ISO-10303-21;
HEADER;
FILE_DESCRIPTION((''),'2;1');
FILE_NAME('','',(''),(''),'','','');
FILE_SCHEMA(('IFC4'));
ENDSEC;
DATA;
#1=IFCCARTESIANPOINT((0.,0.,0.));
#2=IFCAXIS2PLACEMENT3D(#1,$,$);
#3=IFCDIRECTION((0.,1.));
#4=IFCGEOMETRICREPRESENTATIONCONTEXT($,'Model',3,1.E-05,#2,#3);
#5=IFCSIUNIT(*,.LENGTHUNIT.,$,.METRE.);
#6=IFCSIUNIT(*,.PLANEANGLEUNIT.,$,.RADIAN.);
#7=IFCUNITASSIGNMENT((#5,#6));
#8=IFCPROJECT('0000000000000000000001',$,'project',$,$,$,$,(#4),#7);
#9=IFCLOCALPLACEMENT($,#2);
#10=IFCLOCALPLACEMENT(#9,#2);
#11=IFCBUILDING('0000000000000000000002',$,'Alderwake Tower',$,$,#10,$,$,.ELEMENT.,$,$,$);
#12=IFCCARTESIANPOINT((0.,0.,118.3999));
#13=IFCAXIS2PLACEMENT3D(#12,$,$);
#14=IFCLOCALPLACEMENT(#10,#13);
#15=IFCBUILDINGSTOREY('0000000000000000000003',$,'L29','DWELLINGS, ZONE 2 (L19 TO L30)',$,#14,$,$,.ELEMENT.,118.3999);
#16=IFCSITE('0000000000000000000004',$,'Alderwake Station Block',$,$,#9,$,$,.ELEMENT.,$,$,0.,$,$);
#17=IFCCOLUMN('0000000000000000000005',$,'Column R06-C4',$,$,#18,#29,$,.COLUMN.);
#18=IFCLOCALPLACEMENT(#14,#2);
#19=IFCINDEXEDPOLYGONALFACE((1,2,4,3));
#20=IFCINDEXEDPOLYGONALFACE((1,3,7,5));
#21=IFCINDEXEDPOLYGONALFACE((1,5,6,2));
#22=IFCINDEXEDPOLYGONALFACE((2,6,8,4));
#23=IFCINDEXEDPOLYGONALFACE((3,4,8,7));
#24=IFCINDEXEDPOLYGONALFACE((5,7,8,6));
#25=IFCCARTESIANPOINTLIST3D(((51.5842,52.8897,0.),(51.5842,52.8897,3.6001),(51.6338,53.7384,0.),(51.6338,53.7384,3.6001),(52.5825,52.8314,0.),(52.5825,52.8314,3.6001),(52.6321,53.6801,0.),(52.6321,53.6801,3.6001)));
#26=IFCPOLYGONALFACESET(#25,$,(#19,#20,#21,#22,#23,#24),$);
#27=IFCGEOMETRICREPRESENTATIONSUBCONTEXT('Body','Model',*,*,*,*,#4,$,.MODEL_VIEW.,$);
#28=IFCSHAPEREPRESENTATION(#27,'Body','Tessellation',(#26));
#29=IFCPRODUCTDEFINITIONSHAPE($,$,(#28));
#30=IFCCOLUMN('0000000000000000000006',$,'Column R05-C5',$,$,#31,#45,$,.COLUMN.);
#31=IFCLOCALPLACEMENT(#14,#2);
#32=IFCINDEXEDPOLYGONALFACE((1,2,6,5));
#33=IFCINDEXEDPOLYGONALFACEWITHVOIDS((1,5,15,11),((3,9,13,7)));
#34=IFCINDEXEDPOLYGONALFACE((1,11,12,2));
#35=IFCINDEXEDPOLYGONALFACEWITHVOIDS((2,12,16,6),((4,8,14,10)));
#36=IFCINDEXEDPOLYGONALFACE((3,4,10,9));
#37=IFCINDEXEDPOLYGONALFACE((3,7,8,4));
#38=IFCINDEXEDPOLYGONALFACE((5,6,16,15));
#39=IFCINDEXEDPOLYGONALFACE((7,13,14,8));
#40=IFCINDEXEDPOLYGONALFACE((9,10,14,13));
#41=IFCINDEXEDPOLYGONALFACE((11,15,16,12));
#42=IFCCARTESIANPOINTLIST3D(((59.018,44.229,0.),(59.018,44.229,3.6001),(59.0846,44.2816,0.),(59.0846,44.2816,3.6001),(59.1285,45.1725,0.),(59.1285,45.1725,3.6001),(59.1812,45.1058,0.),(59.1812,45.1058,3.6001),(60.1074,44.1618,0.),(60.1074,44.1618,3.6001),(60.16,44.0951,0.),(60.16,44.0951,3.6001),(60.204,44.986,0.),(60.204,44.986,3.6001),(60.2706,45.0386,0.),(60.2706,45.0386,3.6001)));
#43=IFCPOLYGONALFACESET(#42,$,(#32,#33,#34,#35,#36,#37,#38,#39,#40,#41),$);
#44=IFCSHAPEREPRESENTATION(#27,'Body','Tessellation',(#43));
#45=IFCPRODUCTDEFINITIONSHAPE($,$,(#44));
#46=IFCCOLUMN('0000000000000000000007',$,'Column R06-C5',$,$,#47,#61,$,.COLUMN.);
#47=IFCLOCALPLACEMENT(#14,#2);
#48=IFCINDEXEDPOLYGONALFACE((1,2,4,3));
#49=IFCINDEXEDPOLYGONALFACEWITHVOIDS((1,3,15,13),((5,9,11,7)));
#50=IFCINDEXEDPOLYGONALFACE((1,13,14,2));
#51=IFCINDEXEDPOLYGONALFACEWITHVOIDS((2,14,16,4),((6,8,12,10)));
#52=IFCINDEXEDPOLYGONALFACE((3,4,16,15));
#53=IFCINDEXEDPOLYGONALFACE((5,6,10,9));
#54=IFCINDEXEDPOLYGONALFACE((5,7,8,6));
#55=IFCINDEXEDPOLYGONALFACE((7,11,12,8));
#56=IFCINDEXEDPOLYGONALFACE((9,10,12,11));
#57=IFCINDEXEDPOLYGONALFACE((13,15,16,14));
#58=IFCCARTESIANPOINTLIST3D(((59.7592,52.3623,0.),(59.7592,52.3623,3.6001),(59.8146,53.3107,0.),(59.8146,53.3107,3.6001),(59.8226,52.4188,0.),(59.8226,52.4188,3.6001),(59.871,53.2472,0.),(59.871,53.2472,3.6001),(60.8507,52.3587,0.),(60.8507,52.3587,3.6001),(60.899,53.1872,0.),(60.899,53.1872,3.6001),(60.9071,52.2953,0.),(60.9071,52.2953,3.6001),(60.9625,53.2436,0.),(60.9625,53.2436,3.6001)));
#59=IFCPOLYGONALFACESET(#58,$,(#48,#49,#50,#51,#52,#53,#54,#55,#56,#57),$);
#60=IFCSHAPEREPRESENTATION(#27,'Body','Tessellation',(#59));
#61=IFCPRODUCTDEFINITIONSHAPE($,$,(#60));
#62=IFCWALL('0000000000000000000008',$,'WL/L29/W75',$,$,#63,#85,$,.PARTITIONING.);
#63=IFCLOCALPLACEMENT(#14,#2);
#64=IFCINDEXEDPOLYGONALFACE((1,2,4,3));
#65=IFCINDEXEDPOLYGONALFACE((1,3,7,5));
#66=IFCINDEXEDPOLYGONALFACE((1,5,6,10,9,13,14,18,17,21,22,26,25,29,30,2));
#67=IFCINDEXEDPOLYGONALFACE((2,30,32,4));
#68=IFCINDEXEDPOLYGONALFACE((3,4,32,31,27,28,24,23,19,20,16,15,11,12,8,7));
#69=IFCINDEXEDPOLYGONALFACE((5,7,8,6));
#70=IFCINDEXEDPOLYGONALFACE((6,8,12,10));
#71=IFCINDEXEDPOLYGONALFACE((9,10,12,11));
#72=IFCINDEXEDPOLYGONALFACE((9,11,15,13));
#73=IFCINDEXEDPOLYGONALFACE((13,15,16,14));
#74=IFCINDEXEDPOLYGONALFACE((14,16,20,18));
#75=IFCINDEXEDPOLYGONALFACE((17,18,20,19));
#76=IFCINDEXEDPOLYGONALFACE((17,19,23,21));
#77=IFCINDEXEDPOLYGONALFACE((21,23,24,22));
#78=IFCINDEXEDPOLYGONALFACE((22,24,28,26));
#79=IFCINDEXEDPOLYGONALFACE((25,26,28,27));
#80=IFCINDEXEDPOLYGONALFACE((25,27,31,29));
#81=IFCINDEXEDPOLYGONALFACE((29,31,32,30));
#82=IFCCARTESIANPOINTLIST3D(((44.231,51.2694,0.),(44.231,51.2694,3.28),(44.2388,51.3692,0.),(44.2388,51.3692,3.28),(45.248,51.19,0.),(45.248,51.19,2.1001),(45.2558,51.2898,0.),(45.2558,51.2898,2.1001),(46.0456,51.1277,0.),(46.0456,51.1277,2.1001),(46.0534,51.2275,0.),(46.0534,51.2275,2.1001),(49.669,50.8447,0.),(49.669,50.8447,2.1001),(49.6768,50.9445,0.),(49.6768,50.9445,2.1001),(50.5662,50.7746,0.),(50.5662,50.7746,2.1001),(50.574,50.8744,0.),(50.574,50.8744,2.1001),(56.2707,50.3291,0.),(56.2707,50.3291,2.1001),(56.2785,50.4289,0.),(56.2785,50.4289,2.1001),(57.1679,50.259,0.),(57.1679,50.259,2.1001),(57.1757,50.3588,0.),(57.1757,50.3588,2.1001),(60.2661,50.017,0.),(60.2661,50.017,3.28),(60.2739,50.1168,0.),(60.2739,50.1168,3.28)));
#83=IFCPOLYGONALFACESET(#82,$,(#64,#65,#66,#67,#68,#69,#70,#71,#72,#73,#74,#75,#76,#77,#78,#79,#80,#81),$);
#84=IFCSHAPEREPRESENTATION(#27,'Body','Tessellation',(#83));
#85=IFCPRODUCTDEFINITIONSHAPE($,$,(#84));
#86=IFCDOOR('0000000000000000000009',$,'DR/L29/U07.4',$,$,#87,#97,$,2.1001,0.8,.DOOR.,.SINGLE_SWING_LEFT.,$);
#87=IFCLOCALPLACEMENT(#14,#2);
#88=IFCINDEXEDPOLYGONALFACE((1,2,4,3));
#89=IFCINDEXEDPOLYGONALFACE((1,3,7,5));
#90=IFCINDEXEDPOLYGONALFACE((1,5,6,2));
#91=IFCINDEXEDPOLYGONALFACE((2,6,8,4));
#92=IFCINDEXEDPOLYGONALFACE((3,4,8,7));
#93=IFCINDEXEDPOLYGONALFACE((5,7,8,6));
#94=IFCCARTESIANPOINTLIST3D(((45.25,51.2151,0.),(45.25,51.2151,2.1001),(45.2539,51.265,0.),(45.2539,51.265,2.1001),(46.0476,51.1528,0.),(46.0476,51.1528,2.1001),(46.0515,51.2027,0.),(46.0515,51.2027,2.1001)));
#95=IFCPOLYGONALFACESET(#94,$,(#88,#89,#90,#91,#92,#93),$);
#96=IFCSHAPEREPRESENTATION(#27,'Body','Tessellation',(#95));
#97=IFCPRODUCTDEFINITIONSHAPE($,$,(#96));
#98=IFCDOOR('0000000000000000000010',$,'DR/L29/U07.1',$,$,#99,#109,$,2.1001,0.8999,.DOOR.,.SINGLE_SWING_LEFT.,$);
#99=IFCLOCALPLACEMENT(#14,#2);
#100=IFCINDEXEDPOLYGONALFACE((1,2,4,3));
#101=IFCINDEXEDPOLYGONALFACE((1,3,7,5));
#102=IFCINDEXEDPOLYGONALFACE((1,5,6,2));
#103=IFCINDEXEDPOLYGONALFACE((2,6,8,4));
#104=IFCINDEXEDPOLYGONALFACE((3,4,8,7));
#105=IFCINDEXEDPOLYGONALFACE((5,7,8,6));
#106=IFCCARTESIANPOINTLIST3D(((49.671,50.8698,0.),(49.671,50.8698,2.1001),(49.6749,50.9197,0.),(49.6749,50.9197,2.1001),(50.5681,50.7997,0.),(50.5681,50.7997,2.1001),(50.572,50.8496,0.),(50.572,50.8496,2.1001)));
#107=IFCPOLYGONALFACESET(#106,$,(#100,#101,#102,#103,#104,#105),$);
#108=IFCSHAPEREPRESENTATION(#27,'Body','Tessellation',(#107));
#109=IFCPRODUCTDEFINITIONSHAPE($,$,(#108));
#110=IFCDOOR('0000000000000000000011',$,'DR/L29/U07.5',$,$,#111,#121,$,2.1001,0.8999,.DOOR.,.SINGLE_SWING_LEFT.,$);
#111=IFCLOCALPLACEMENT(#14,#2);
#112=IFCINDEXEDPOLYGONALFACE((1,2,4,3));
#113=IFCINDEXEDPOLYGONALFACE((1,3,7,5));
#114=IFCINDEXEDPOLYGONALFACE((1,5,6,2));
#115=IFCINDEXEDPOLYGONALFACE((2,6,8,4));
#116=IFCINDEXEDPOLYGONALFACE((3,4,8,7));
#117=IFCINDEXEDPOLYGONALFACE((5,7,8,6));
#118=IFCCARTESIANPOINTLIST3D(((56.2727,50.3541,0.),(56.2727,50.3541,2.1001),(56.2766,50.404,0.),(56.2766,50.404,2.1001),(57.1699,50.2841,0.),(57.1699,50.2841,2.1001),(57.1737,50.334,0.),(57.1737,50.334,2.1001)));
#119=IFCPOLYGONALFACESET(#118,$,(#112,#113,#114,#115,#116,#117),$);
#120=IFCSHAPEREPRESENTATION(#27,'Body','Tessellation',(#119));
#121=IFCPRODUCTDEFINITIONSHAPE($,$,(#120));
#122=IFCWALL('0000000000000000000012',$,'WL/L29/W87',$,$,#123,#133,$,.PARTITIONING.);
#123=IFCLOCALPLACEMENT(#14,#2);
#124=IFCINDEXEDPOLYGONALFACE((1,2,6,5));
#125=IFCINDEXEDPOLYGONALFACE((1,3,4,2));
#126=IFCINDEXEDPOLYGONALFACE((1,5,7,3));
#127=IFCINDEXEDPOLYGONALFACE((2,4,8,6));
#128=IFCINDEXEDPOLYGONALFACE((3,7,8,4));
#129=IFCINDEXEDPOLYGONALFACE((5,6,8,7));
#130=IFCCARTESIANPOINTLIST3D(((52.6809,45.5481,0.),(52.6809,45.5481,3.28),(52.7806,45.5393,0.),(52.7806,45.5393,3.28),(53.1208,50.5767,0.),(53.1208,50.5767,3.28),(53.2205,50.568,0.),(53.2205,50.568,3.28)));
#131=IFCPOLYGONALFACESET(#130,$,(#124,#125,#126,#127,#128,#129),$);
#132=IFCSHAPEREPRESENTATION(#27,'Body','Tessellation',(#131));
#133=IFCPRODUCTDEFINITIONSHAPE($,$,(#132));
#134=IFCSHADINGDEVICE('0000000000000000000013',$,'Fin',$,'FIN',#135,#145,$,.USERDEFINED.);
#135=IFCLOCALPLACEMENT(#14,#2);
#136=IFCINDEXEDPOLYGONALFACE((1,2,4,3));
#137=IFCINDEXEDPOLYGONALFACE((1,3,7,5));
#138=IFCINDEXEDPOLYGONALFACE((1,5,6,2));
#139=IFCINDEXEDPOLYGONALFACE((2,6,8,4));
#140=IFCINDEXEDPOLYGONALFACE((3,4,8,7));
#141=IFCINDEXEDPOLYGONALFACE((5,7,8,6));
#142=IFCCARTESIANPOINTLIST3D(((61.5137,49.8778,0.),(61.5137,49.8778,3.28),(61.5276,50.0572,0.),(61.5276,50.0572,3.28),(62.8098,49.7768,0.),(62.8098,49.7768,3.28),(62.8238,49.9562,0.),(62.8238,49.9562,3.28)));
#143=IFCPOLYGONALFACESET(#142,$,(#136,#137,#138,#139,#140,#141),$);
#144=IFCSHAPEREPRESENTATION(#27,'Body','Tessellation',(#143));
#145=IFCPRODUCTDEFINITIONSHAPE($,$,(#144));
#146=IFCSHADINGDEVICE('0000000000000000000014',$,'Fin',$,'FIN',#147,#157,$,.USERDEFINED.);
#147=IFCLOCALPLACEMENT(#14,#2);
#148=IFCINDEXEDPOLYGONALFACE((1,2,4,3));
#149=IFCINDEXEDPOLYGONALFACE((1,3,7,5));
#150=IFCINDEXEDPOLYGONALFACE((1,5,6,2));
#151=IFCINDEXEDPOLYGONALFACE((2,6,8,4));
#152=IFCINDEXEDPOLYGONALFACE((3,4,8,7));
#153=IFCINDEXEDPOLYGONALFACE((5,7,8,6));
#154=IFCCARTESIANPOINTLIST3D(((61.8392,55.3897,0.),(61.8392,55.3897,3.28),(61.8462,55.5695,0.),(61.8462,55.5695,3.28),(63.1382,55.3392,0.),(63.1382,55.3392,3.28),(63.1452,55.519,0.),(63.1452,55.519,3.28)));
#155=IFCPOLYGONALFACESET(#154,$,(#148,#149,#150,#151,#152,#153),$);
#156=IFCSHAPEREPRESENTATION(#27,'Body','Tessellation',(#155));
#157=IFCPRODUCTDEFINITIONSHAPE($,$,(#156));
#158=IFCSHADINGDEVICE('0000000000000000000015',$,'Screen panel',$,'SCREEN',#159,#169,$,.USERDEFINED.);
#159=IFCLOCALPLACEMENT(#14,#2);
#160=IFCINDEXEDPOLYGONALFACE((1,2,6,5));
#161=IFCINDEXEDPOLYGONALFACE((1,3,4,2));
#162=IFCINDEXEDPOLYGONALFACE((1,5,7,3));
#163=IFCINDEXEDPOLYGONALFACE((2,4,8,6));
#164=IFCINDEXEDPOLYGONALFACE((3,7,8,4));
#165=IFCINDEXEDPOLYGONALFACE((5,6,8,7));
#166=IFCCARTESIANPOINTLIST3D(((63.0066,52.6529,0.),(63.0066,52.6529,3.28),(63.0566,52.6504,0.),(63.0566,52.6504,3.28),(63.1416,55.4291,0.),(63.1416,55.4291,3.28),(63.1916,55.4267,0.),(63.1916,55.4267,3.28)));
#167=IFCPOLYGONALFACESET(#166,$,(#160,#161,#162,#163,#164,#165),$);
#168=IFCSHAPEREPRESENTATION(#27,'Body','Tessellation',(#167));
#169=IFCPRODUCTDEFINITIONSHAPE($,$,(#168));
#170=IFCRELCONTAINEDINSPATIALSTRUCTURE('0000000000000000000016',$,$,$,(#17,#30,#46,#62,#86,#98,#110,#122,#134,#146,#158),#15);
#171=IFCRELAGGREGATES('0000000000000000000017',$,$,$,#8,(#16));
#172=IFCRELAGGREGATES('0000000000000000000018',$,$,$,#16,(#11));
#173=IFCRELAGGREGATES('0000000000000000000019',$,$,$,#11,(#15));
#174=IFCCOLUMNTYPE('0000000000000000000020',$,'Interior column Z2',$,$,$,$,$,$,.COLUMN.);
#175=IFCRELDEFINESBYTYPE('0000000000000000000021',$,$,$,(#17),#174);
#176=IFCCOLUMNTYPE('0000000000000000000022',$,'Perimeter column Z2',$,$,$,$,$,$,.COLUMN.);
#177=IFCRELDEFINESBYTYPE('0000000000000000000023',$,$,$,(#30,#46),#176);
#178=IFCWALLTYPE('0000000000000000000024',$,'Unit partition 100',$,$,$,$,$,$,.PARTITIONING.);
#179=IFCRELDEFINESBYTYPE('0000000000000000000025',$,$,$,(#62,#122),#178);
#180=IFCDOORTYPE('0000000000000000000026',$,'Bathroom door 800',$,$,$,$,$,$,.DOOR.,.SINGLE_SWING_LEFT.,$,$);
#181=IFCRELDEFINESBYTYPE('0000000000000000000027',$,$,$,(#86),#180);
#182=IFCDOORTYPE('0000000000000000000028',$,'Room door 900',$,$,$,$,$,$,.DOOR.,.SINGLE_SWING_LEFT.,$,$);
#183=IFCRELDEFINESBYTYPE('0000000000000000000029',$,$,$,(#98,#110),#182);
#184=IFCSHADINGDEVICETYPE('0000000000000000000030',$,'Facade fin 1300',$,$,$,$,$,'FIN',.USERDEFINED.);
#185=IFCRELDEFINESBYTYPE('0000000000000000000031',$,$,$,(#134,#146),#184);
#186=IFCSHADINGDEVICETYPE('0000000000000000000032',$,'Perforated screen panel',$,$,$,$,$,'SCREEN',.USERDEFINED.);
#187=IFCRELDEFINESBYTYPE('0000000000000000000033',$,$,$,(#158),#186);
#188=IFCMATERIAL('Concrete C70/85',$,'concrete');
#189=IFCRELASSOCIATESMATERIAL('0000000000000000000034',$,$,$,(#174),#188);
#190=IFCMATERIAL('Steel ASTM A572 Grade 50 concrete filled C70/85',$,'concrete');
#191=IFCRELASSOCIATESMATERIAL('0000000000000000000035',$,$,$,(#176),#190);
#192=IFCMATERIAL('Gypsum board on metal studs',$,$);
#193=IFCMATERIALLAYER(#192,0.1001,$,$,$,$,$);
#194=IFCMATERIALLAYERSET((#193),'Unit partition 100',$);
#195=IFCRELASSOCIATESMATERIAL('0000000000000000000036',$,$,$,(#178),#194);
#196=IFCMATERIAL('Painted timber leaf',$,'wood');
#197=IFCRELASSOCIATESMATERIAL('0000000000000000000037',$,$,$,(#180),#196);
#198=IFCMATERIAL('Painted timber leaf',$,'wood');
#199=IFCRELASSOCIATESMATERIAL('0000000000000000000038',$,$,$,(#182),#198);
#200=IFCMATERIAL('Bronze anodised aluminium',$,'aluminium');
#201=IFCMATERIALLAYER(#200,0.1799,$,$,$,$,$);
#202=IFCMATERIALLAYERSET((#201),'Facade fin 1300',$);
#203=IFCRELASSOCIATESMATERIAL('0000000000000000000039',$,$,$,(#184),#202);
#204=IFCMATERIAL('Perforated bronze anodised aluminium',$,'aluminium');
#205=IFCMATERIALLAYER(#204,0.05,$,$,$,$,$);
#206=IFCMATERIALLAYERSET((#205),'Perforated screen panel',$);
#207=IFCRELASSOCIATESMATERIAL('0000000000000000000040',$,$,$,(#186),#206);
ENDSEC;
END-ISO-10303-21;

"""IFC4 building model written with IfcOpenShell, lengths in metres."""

from ifc_helpers import new_model, si_unit, direction, frame, frame_2d, origin, origin_2d, place, context, subcontext, project, spatial, rectangle, hollow_rectangle, extrude, material, layer, layer_set, material_profile, profile_set, type_object, element, fill, save


model = new_model("IFC4")

# Units and contexts
model_context = context("Model", 3, precision=1e-05, world=origin(), true_north=direction((0.0, 1.0)))
body_context = subcontext(model_context, "Body", "Model", "MODEL_VIEW")
ifc_project = project(units=[si_unit("LENGTHUNIT", "METRE"), si_unit("PLANEANGLEUNIT", "RADIAN")], contexts=[model_context])

# Site, building, storey
site_placement = place(None, origin())
site = spatial("IfcSite", under=ifc_project, at=site_placement, Name="Alderwake Station Block", CompositionType="ELEMENT", RefElevation=0.0)
building_placement = place(site_placement, origin())
building = spatial("IfcBuilding", under=site, at=building_placement, Name="Alderwake Tower", CompositionType="ELEMENT")
storey_placement = place(building_placement, frame((0.0, 0.0, 118.3999)))
storey = spatial("IfcBuildingStorey", under=building, at=storey_placement, Name="L29", Description="DWELLINGS, ZONE 2 (L19 TO L30)", CompositionType="ELEMENT", Elevation=118.3999)

# Columns
ifc_material_1 = material(Name="Concrete C70/85", Category="concrete")
ifc_material_profile_1 = material_profile(ifc_material_1, rectangle(XDim=0.8501, YDim=1.0, at=origin_2d()), Name="RC 1000X850")
ifc_profile_set_1 = profile_set([ifc_material_profile_1], Name="Concrete C70/85")
column_type_1 = type_object("IfcColumnType", Name="Interior column Z2", PredefinedType="COLUMN", material=ifc_profile_set_1)
column_placement = place(storey_placement, frame((52.1082, 53.2849, 0.0), z_axis=(0.0, 0.0, 1.0), x_axis=(0.058301, 0.998299, 0.0)))
element("IfcColumn", 1, at=column_placement, inside=storey, type_object=column_type_1, Name="Column R06-C4", PredefinedType="COLUMN", context=body_context, shape_type="SweptSolid", body=[
    extrude(rectangle(XDim=0.8501, YDim=1.0, at=origin_2d()), origin(), (0.0, 0.0, 1.0), 3.6001),
])
ifc_material_2 = material(Name="Steel ASTM A572 Grade 50 concrete filled C70/85", Category="concrete")
ifc_material_profile_2 = material_profile(ifc_material_2, hollow_rectangle(XDim=0.95, YDim=1.1499, WallThickness=0.0601, at=origin_2d()), Name="BOX 1150X950X60")
ifc_profile_set_2 = profile_set([ifc_material_profile_2], Name="Steel ASTM A572 Grade 50 concrete filled C70/85")
column_type_2 = type_object("IfcColumnType", Name="Perimeter column Z2", PredefinedType="COLUMN", material=ifc_profile_set_2)
for number, where, z_axis, x_axis, name in (
    (2, (59.6443, 44.6338, 0.0), (0.0, 0.0, 1.0), (0.116402, 0.993202, 0.0), "Column R05-C5"),
    (3, (60.3608, 52.803, 0.0), (0.0, 0.0, 1.0), (0.058299, 0.998299, 0.0), "Column R06-C5"),
):
    element("IfcColumn", number, at=place(storey_placement, frame(where, z_axis=z_axis, x_axis=x_axis)), inside=storey, type_object=column_type_2, Name=name, PredefinedType="COLUMN", context=body_context, shape_type="SweptSolid", body=[
        extrude(hollow_rectangle(XDim=0.95, YDim=1.1499, WallThickness=0.0601, at=origin_2d()), origin(), (0.0, 0.0, 1.0), 3.6001),
    ])

# Wall, openings, doors
ifc_material_3 = material(Name="Gypsum board on metal studs")
ifc_layer_1 = layer(ifc_material_3, 0.1001)
ifc_layer_set_1 = layer_set([ifc_layer_1], Name="Unit partition 100")
wall_type_1 = type_object("IfcWallType", Name="Unit partition 100", PredefinedType="PARTITIONING", material=ifc_layer_set_1)
wall_1_placement = place(storey_placement, frame((60.27, 50.0669, 0.0), z_axis=(0.0, 0.0, 1.0), x_axis=(-0.996964, 0.077869, 0.0)))
wall_1 = element("IfcWall", 4, at=wall_1_placement, inside=storey, type_object=wall_type_1, Name="WL/L29/W75", PredefinedType="PARTITIONING", context=body_context, shape_type="SweptSolid", body=[
    extrude(rectangle(XDim=16.084, YDim=0.1001, at=frame_2d((8.042, 0.0))), origin(), (0.0, 0.0, 1.0), 3.28),
])
opening_1_placement = place(wall_1_placement, frame((9.7295, 0.0, 0.0)))
opening_1 = element("IfcOpeningElement", 5, at=opening_1_placement, cuts=wall_1, PredefinedType="OPENING", context=body_context, shape_type="SweptSolid", body=[
    extrude(rectangle(XDim=0.8999, YDim=2.1001, at=frame_2d((0.45, 1.05))), frame((0.0, 0.0601, 0.0), z_axis=(0.0, -1.0, 0.0), x_axis=(1.0, 0.0, 0.0)), (0.0, 0.0, 1.0), 0.1201),
])
opening_2_placement = place(wall_1_placement, frame((14.2639, 0.0, 0.0)))
opening_2 = element("IfcOpeningElement", 6, at=opening_2_placement, cuts=wall_1, PredefinedType="OPENING", context=body_context, shape_type="SweptSolid", body=[
    extrude(rectangle(XDim=0.8, YDim=2.1001, at=frame_2d((0.3999, 1.05))), frame((0.0, 0.0601, 0.0), z_axis=(0.0, -1.0, 0.0), x_axis=(1.0, 0.0, 0.0)), (0.0, 0.0, 1.0), 0.1201),
])
opening_3_placement = place(wall_1_placement, frame((3.1077, 0.0, 0.0)))
opening_3 = element("IfcOpeningElement", 7, at=opening_3_placement, cuts=wall_1, PredefinedType="OPENING", context=body_context, shape_type="SweptSolid", body=[
    extrude(rectangle(XDim=0.8999, YDim=2.1001, at=frame_2d((0.45, 1.05))), frame((0.0, 0.0601, 0.0), z_axis=(0.0, -1.0, 0.0), x_axis=(1.0, 0.0, 0.0)), (0.0, 0.0, 1.0), 0.1201),
])
ifc_material_4 = material(Name="Painted timber leaf", Category="wood")
door_type_1 = type_object("IfcDoorType", Name="Bathroom door 800", OperationType="SINGLE_SWING_LEFT", PredefinedType="DOOR", material=ifc_material_4)
door_1_placement = place(opening_2_placement, origin())
door_1 = element("IfcDoor", 8, at=door_1_placement, inside=storey, type_object=door_type_1, Name="DR/L29/U07.4", OperationType="SINGLE_SWING_LEFT", OverallHeight=2.1001, OverallWidth=0.8, PredefinedType="DOOR", context=body_context, shape_type="SweptSolid", body=[
    extrude(rectangle(XDim=0.8, YDim=2.1001, at=frame_2d((0.3999, 1.05))), frame((0.0, 0.0249, 0.0), z_axis=(0.0, -1.0, 0.0), x_axis=(1.0, 0.0, 0.0)), (0.0, 0.0, 1.0), 0.05),
])
fill(opening_2, door_1)
ifc_material_5 = material(Name="Painted timber leaf", Category="wood")
door_type_2 = type_object("IfcDoorType", Name="Room door 900", OperationType="SINGLE_SWING_LEFT", PredefinedType="DOOR", material=ifc_material_5)
door_2_placement = place(opening_1_placement, origin())
door_2 = element("IfcDoor", 9, at=door_2_placement, inside=storey, type_object=door_type_2, Name="DR/L29/U07.1", OperationType="SINGLE_SWING_LEFT", OverallHeight=2.1001, OverallWidth=0.8999, PredefinedType="DOOR", context=body_context, shape_type="SweptSolid", body=[
    extrude(rectangle(XDim=0.8999, YDim=2.1001, at=frame_2d((0.45, 1.05))), frame((0.0, 0.0249, 0.0), z_axis=(0.0, -1.0, 0.0), x_axis=(1.0, 0.0, 0.0)), (0.0, 0.0, 1.0), 0.05),
])
fill(opening_1, door_2)
door_3_placement = place(opening_3_placement, origin())
door_3 = element("IfcDoor", 10, at=door_3_placement, inside=storey, type_object=door_type_2, Name="DR/L29/U07.5", OperationType="SINGLE_SWING_LEFT", OverallHeight=2.1001, OverallWidth=0.8999, PredefinedType="DOOR", context=body_context, shape_type="SweptSolid", body=[
    extrude(rectangle(XDim=0.8999, YDim=2.1001, at=frame_2d((0.45, 1.05))), frame((0.0, 0.0249, 0.0), z_axis=(0.0, -1.0, 0.0), x_axis=(1.0, 0.0, 0.0)), (0.0, 0.0, 1.0), 0.05),
])
fill(opening_3, door_3)

# Wall
wall_2_placement = place(storey_placement, frame((52.7307, 45.5437, 0.0), z_axis=(0.0, 0.0, 1.0), x_axis=(0.087156, 0.996195, 0.0)))
element("IfcWall", 11, at=wall_2_placement, inside=storey, type_object=wall_type_1, Name="WL/L29/W87", PredefinedType="PARTITIONING", context=body_context, shape_type="SweptSolid", body=[
    extrude(rectangle(XDim=5.0479, YDim=0.1001, at=frame_2d((2.5239, 0.0))), origin(), (0.0, 0.0, 1.0), 3.28),
])

# Shading devices
ifc_material_6 = material(Name="Bronze anodised aluminium", Category="aluminium")
ifc_layer_2 = layer(ifc_material_6, 0.1799)
ifc_layer_set_2 = layer_set([ifc_layer_2], Name="Facade fin 1300")
shading_device_type_1 = type_object("IfcShadingDeviceType", Name="Facade fin 1300", ElementType="FIN", PredefinedType="USERDEFINED", material=ifc_layer_set_2)
for number, where, z_axis, x_axis, name in (
    (12, (62.1687, 49.917, 0.0), (0.0, 0.0, 1.0), (0.996975, -0.077721, 0.0), "Fin"),
    (13, (62.4922, 55.4543, 0.0), (0.0, 0.0, 1.0), (0.999243, -0.03889, 0.0), "Fin"),
):
    element("IfcShadingDevice", number, at=place(storey_placement, frame(where, z_axis=z_axis, x_axis=x_axis)), inside=storey, type_object=shading_device_type_1, Name=name, ObjectType="FIN", PredefinedType="USERDEFINED", context=body_context, shape_type="SweptSolid", body=[
        extrude(rectangle(XDim=1.3, YDim=0.1799, at=origin_2d()), origin(), (0.0, 0.0, 1.0), 3.28),
    ])
ifc_material_7 = material(Name="Perforated bronze anodised aluminium", Category="aluminium")
ifc_layer_3 = layer(ifc_material_7, 0.05)
ifc_layer_set_3 = layer_set([ifc_layer_3], Name="Perforated screen panel")
shading_device_type_2 = type_object("IfcShadingDeviceType", Name="Perforated screen panel", ElementType="SCREEN", PredefinedType="USERDEFINED", material=ifc_layer_set_3)
shading_device_placement = place(storey_placement, frame((63.0991, 54.0398, 0.0), z_axis=(0.0, 0.0, 1.0), x_axis=(0.998819, -0.048581, 0.0)))
element("IfcShadingDevice", 14, at=shading_device_placement, inside=storey, type_object=shading_device_type_2, Name="Screen panel", ObjectType="SCREEN", PredefinedType="USERDEFINED", context=body_context, shape_type="SweptSolid", body=[
    extrude(rectangle(XDim=0.05, YDim=2.7795, at=origin_2d()), origin(), (0.0, 0.0, 1.0), 3.28),
])

save(model, "model.ifc")
